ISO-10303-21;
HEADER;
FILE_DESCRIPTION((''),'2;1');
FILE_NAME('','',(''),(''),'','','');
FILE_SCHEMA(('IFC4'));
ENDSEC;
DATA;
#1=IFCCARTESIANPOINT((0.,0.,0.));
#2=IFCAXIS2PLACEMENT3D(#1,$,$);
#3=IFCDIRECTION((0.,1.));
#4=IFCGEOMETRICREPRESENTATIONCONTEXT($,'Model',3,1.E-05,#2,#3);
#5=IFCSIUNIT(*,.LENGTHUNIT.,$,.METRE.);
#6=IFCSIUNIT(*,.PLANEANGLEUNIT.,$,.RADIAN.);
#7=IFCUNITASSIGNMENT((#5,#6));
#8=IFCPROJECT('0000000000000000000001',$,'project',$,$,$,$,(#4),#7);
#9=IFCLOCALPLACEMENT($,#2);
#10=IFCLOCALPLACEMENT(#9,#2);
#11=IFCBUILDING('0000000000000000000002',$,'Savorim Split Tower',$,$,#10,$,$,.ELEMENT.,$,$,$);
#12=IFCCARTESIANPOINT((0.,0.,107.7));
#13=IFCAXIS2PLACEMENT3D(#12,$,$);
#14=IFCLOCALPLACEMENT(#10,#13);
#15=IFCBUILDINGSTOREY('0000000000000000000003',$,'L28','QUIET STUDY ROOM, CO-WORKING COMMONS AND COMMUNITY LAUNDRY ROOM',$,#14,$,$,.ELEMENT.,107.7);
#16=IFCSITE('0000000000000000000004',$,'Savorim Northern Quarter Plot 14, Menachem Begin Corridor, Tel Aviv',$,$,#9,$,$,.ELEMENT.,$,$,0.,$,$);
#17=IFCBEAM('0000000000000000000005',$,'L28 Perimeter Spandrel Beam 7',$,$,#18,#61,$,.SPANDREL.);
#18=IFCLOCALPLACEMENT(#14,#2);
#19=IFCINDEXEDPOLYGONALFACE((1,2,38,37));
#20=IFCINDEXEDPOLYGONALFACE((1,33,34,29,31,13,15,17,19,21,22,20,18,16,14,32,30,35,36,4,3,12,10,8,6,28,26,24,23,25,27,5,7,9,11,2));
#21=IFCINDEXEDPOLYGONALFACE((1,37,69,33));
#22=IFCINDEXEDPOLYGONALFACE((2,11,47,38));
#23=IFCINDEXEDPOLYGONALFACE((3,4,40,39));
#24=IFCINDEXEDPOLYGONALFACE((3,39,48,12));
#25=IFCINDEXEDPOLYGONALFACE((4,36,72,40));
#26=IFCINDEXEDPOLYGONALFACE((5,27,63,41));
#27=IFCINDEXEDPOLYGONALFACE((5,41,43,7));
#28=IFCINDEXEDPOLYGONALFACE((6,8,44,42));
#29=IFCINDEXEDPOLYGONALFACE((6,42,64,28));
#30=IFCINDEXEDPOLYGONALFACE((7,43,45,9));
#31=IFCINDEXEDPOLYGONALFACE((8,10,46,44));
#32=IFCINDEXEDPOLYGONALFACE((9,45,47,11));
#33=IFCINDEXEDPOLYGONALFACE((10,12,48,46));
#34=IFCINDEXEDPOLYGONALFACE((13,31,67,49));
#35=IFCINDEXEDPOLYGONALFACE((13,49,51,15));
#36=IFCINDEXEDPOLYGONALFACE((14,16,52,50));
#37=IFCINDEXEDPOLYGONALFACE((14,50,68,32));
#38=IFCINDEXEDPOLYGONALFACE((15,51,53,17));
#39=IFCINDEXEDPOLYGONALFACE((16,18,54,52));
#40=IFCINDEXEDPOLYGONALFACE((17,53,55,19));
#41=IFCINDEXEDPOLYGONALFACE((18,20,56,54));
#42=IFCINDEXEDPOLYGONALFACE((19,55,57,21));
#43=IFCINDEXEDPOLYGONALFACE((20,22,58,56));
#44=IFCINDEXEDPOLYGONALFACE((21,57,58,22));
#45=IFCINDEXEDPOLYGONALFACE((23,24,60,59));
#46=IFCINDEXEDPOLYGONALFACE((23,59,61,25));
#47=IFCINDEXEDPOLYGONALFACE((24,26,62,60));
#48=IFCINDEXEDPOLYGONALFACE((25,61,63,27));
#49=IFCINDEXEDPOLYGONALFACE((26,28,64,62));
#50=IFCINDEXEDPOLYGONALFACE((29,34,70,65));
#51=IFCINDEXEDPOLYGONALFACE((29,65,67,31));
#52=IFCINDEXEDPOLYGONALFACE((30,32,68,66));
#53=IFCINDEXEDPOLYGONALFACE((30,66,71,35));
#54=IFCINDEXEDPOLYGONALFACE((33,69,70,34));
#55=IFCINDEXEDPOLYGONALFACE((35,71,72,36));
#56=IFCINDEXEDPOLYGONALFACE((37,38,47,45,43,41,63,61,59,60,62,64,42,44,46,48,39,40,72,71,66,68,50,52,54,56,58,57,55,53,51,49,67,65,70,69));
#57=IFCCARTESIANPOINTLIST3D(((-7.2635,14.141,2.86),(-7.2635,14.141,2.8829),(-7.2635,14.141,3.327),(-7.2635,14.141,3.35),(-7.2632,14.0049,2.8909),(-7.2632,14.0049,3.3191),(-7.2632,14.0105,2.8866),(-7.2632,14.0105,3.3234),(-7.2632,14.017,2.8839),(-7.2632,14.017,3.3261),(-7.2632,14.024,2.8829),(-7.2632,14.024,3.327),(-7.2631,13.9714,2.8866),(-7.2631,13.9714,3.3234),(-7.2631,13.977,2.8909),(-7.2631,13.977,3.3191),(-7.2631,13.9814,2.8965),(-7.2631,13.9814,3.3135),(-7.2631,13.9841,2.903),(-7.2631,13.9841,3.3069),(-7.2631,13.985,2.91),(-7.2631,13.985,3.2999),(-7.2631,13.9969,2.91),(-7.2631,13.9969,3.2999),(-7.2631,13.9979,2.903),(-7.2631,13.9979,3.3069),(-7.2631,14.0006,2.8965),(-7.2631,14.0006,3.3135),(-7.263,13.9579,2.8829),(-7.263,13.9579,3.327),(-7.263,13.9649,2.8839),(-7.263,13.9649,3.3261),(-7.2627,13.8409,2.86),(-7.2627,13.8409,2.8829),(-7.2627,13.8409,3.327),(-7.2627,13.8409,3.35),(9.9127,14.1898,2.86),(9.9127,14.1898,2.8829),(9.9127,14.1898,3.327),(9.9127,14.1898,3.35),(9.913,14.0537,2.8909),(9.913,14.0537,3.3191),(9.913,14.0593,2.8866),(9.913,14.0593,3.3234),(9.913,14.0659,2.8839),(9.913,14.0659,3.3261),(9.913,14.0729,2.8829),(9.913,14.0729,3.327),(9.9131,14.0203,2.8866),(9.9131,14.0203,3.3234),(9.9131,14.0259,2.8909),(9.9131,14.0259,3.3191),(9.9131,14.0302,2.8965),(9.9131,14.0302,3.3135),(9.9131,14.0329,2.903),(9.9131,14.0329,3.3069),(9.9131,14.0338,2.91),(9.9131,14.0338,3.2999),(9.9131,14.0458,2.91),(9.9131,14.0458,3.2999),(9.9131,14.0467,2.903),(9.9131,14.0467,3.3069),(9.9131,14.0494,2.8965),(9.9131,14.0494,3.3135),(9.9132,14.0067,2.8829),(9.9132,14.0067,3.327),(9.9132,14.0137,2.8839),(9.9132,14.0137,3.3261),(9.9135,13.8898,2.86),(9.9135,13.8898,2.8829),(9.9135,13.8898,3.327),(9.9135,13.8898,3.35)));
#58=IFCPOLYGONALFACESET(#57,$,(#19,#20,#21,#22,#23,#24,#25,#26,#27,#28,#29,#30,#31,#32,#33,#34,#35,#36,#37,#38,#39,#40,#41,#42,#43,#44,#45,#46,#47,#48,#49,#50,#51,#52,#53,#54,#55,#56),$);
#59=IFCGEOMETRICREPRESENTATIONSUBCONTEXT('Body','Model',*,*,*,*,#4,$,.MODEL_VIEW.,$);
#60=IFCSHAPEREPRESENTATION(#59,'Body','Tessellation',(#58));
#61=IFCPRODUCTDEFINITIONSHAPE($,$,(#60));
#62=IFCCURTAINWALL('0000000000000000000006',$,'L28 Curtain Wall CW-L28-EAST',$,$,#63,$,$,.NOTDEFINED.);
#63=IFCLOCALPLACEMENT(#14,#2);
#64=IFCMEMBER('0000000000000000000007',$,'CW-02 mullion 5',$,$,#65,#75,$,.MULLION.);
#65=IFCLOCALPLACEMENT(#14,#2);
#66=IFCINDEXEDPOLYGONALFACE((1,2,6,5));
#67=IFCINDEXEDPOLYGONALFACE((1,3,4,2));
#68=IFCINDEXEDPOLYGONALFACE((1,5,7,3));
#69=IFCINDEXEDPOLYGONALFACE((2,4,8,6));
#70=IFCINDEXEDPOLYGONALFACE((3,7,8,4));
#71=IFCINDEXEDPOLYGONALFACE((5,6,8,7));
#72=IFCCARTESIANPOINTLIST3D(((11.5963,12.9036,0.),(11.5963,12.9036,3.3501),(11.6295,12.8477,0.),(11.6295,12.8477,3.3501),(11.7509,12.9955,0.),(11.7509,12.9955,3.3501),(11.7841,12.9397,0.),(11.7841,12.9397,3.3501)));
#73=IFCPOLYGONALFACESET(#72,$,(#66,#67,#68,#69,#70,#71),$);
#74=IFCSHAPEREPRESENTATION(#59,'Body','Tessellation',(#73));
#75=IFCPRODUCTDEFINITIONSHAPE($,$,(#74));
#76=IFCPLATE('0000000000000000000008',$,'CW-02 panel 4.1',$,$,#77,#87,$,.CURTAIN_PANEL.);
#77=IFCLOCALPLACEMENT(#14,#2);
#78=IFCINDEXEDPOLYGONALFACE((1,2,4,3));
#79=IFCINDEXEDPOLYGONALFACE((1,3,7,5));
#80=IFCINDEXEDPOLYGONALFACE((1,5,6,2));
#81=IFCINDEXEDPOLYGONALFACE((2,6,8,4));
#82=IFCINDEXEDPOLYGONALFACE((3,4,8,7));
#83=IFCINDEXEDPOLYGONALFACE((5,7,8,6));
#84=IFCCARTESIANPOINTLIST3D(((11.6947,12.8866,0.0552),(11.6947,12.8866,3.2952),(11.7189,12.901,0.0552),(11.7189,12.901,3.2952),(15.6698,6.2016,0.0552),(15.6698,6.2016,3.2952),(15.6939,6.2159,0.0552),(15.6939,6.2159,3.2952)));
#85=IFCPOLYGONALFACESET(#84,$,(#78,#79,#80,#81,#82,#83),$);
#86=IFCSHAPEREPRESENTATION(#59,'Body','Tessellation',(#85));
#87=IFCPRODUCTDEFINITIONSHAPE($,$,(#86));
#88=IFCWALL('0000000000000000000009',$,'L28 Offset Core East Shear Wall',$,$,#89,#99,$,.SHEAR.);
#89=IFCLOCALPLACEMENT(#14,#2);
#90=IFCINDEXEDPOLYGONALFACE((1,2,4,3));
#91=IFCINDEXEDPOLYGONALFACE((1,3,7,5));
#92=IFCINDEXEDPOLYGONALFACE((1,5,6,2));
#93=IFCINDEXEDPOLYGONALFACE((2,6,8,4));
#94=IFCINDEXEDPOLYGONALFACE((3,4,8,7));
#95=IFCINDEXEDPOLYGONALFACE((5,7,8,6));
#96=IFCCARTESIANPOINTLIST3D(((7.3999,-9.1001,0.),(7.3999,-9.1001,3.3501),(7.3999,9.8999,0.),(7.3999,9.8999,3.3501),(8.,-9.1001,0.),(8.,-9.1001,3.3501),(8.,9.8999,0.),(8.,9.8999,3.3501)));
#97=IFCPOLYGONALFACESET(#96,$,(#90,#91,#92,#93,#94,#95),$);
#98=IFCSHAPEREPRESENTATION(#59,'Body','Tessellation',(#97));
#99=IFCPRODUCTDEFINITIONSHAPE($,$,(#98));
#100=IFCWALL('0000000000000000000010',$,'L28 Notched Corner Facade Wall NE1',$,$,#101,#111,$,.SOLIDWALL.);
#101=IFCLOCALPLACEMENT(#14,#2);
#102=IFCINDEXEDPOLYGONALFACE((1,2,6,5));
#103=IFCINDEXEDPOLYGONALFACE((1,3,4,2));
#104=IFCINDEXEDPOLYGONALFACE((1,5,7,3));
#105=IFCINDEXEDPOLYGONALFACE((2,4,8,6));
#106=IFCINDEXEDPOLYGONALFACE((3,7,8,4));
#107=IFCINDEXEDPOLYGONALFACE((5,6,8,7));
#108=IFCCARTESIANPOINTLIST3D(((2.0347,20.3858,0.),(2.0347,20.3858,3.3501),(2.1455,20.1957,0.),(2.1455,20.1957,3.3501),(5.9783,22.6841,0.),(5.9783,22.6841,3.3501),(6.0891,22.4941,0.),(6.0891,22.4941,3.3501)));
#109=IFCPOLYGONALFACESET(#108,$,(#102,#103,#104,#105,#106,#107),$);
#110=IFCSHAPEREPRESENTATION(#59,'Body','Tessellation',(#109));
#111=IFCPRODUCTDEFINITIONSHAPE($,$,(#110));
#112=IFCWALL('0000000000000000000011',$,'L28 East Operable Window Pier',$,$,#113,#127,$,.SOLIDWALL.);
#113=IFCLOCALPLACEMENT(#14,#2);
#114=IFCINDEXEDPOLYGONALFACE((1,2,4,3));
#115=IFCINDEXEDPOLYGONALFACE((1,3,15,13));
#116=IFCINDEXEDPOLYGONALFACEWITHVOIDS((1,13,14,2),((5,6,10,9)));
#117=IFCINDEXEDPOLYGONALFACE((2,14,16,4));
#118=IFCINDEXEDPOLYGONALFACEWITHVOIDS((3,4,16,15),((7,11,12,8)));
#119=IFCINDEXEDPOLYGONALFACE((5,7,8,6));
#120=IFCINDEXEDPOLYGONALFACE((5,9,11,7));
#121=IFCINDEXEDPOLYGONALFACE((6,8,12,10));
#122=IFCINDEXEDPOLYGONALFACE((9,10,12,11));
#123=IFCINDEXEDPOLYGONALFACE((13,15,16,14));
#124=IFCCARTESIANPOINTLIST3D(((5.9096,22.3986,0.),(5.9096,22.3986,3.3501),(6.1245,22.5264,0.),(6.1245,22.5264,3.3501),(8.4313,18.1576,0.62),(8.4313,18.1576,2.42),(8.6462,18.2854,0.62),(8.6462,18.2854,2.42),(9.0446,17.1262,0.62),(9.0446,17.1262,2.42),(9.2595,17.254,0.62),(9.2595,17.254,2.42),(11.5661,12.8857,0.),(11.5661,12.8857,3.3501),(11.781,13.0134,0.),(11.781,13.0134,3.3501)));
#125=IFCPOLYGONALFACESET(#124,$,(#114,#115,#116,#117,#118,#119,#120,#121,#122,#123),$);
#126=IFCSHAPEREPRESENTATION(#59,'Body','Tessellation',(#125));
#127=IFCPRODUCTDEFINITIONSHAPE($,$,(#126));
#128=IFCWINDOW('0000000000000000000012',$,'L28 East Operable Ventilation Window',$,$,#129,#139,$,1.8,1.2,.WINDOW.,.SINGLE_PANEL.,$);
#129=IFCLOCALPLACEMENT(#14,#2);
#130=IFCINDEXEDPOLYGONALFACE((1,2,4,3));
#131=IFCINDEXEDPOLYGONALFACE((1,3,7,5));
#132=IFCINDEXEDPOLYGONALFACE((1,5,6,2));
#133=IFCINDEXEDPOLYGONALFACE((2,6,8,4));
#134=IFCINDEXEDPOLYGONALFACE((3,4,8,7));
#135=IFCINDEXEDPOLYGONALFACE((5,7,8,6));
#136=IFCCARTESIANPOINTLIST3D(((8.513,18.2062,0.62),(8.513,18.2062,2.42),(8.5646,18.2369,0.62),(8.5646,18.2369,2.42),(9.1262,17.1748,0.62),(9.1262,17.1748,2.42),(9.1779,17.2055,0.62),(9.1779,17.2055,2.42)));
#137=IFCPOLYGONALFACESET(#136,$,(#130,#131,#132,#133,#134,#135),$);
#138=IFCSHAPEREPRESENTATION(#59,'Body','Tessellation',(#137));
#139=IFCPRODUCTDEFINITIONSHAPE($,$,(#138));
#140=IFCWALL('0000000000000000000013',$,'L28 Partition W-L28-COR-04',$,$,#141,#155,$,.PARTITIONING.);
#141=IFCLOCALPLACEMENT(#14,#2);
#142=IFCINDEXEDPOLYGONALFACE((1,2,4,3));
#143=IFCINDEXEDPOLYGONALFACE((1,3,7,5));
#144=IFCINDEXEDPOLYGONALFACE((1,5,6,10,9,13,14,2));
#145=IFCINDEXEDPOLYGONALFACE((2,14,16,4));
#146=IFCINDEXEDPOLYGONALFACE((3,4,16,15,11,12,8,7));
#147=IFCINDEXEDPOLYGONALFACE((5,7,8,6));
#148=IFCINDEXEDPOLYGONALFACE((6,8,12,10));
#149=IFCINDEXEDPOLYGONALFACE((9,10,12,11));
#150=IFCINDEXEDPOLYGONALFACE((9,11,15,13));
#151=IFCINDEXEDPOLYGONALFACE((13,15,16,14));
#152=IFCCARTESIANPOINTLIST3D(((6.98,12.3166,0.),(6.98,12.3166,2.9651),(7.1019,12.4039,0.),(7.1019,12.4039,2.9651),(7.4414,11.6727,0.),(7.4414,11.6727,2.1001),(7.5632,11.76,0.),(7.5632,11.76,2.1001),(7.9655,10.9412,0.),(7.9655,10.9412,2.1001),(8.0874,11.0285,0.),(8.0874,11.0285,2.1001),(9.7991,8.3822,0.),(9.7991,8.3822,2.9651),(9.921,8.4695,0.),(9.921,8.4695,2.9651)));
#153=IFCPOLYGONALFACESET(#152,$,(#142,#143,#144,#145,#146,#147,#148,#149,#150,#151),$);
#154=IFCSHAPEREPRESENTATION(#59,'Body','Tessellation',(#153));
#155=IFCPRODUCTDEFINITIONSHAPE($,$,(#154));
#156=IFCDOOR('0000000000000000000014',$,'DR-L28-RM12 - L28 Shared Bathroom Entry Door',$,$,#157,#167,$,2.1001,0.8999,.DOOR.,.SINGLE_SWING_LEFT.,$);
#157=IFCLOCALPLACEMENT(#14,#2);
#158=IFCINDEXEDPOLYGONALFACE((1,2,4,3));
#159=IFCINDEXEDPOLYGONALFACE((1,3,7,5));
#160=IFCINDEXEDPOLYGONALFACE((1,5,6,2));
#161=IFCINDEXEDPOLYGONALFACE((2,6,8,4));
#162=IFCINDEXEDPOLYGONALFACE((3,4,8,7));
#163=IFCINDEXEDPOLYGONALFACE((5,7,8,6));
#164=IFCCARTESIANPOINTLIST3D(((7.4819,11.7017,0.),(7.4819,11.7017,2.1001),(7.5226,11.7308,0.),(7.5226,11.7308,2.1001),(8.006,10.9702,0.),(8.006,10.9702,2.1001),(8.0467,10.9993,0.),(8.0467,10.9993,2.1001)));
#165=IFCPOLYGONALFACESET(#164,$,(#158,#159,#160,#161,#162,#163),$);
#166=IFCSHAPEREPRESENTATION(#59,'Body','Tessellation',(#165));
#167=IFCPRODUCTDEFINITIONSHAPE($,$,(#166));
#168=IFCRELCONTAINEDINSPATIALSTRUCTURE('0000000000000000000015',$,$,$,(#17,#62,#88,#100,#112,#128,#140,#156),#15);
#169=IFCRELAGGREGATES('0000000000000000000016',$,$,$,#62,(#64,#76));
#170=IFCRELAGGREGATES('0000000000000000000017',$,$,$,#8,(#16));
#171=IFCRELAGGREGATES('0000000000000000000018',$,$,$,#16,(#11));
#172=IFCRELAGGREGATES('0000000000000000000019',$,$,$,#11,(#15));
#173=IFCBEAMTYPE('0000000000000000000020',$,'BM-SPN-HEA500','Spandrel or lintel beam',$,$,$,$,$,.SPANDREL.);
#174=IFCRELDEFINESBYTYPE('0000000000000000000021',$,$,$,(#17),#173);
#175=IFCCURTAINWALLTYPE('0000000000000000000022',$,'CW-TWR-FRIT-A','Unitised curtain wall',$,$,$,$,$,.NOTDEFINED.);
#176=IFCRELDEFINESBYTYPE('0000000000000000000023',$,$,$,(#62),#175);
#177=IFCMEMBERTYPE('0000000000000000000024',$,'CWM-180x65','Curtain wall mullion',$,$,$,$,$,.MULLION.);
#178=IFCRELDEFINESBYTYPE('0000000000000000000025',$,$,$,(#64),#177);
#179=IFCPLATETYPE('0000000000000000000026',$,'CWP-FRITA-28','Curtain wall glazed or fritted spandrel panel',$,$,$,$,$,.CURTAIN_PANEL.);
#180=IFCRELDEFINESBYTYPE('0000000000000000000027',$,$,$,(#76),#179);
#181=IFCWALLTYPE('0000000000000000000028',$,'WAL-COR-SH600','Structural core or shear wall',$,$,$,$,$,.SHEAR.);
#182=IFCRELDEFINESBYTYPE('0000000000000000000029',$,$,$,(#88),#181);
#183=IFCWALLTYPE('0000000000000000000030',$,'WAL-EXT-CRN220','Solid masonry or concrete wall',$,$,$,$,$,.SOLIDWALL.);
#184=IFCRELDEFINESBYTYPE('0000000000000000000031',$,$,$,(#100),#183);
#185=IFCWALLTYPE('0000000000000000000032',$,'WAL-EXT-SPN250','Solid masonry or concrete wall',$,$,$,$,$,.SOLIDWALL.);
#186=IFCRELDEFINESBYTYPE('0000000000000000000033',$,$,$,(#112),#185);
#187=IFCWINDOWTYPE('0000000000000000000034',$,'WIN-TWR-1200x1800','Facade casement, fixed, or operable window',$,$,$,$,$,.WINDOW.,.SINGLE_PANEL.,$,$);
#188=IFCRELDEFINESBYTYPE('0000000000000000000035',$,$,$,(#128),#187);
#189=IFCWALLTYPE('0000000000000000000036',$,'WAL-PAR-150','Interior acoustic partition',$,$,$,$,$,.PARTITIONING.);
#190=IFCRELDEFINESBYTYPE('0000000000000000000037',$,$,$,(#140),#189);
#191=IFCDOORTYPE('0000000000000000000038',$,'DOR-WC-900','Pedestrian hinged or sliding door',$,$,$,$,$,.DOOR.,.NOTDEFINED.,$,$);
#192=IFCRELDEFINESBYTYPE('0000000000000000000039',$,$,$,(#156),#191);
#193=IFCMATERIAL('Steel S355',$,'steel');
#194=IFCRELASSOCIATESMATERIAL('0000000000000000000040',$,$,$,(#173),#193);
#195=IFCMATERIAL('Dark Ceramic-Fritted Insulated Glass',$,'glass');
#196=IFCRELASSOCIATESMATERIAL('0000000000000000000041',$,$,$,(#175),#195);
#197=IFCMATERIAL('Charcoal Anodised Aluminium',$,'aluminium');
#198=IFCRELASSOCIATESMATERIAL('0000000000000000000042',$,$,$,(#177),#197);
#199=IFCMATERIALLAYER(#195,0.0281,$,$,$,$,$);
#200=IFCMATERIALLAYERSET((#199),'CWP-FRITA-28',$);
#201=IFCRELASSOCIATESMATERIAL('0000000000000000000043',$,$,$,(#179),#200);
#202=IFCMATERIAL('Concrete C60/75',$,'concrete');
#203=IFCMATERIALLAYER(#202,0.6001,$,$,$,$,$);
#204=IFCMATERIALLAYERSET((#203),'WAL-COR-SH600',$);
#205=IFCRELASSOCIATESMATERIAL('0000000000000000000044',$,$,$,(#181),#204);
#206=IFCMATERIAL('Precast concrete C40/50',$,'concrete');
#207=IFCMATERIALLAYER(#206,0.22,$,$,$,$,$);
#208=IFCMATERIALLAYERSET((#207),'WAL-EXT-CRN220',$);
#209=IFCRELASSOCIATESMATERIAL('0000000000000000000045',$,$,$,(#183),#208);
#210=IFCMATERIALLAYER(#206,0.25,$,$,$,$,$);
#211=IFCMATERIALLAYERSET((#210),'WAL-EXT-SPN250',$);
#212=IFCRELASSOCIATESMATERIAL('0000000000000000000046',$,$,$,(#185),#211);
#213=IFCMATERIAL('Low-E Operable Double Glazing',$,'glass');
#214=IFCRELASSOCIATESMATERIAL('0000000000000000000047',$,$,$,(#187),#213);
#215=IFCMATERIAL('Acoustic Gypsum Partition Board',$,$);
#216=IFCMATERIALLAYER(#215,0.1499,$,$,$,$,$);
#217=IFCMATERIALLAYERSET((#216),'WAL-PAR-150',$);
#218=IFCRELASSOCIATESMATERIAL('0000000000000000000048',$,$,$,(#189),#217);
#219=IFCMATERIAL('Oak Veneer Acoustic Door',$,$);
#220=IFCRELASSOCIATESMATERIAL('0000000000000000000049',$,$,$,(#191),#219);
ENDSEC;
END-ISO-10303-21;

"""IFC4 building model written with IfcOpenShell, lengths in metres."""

from ifc_helpers import new_model, si_unit, direction, frame, frame_2d, origin, origin_2d, place, context, subcontext, project, spatial, rectangle, i_section, extrude, material, layer, layer_set, material_profile, profile_set, type_object, element, fill, aggregate, save


model = new_model("IFC4")

# Units and contexts
model_context = context("Model", 3, precision=1e-05, world=origin(), true_north=direction((0.0, 1.0)))
body_context = subcontext(model_context, "Body", "Model", "MODEL_VIEW")
ifc_project = project(units=[si_unit("LENGTHUNIT", "METRE"), si_unit("PLANEANGLEUNIT", "RADIAN")], contexts=[model_context])

# Site, building, storey
site_placement = place(None, origin())
site = spatial("IfcSite", under=ifc_project, at=site_placement, Name="Savorim Northern Quarter Plot 14, Menachem Begin Corridor, Tel Aviv", CompositionType="ELEMENT", RefElevation=0.0)
building_placement = place(site_placement, origin())
building = spatial("IfcBuilding", under=site, at=building_placement, Name="Savorim Split Tower", CompositionType="ELEMENT")
storey_placement = place(building_placement, frame((0.0, 0.0, 107.7)))
storey = spatial("IfcBuildingStorey", under=building, at=storey_placement, Name="L28", Description="QUIET STUDY ROOM, CO-WORKING COMMONS AND COMMUNITY LAUNDRY ROOM", CompositionType="ELEMENT", Elevation=107.7)

# Beam
ifc_material_1 = material(Name="Steel S355", Category="steel")
ifc_material_profile_1 = material_profile(ifc_material_1, i_section(OverallWidth=0.3, OverallDepth=0.49, WebThickness=0.012, FlangeThickness=0.0229, FilletRadius=0.0271, at=origin_2d()), Name="HEA 500")
ifc_profile_set_1 = profile_set([ifc_material_profile_1], Name="Steel S355")
beam_type_1 = type_object("IfcBeamType", Name="BM-SPN-HEA500", Description="Spandrel or lintel beam", PredefinedType="SPANDREL", material=ifc_profile_set_1)
beam_1_placement = place(storey_placement, frame((9.9131, 14.0398, 3.105), z_axis=(-0.999996, -0.002843, 0.0), x_axis=(0.002843, -0.999996, 0.0)))
element("IfcBeam", 1, at=beam_1_placement, inside=storey, type_object=beam_type_1, Name="L28 Perimeter Spandrel Beam 7", PredefinedType="SPANDREL", context=body_context, shape_type="SweptSolid", body=[
    extrude(i_section(OverallWidth=0.3, OverallDepth=0.49, WebThickness=0.012, FlangeThickness=0.0229, FilletRadius=0.0271, at=origin_2d()), origin(), (0.0, 0.0, 1.0), 17.1763),
])

# Curtain wall, member, plate
ifc_material_2 = material(Name="Dark Ceramic-Fritted Insulated Glass", Category="glass")
curtain_wall_type = type_object("IfcCurtainWallType", Name="CW-TWR-FRIT-A", Description="Unitised curtain wall", PredefinedType="NOTDEFINED", material=ifc_material_2)
curtain_wall_placement = place(storey_placement, origin())
curtain_wall = element("IfcCurtainWall", 2, at=curtain_wall_placement, inside=storey, type_object=curtain_wall_type, Name="L28 Curtain Wall CW-L28-EAST", PredefinedType="NOTDEFINED")
ifc_material_3 = material(Name="Charcoal Anodised Aluminium", Category="aluminium")
ifc_material_profile_2 = material_profile(ifc_material_3, rectangle(XDim=0.1799, YDim=0.0649, at=origin_2d()), Name="ALU-M 180x65")
ifc_profile_set_2 = profile_set([ifc_material_profile_2], Name="Charcoal Anodised Aluminium")
member_type = type_object("IfcMemberType", Name="CWM-180x65", Description="Curtain wall mullion", PredefinedType="MULLION", material=ifc_profile_set_2)
member_placement = place(storey_placement, frame((11.6902, 12.9216, 0.0), z_axis=(0.0, 0.0, 1.0), x_axis=(-0.859525, -0.511093, 0.0)))
member = element("IfcMember", 3, at=member_placement, type_object=member_type, Name="CW-02 mullion 5", PredefinedType="MULLION", context=body_context, shape_type="SweptSolid", body=[
    extrude(rectangle(XDim=0.1799, YDim=0.0649, at=origin_2d()), origin(), (0.0, 0.0, 1.0), 3.3501),
])
ifc_layer_1 = layer(ifc_material_2, 0.0281)
ifc_layer_set_1 = layer_set([ifc_layer_1], Name="CWP-FRITA-28")
plate_type = type_object("IfcPlateType", Name="CWP-FRITA-28", Description="Curtain wall glazed or fritted spandrel panel", PredefinedType="CURTAIN_PANEL", material=ifc_layer_set_1)
plate_placement = place(storey_placement, frame((13.6943, 9.5513, 0.0552), z_axis=(0.0, 0.0, 1.0), x_axis=(-0.511093, 0.859525, 0.0)))
plate = element("IfcPlate", 4, at=plate_placement, type_object=plate_type, Name="CW-02 panel 4.1", PredefinedType="CURTAIN_PANEL", context=body_context, shape_type="SweptSolid", body=[
    extrude(rectangle(XDim=7.7776, YDim=0.0281, at=origin_2d()), origin(), (0.0, 0.0, 1.0), 3.24),
])
aggregate(curtain_wall, [member, plate])

# Shared definitions
ifc_material_4 = material(Name="Concrete C60/75", Category="concrete")
ifc_layer_2 = layer(ifc_material_4, 0.6001)
ifc_layer_set_2 = layer_set([ifc_layer_2], Name="WAL-COR-SH600")
wall_type_1 = type_object("IfcWallType", Name="WAL-COR-SH600", Description="Structural core or shear wall", PredefinedType="SHEAR", material=ifc_layer_set_2)

# Walls
wall_1_placement = place(storey_placement, frame((7.7, 9.8999, 0.0), z_axis=(0.0, 0.0, 1.0), x_axis=(0.0, -1.0, 0.0)))
element("IfcWall", 5, at=wall_1_placement, inside=storey, type_object=wall_type_1, Name="L28 Offset Core East Shear Wall", PredefinedType="SHEAR", context=body_context, shape_type="SweptSolid", body=[
    extrude(rectangle(XDim=19.0, YDim=0.6001, at=frame_2d((9.5, 0.0))), origin(), (0.0, 0.0, 1.0), 3.3501),
])
ifc_material_5 = material(Name="Precast concrete C40/50", Category="concrete")
ifc_layer_3 = layer(ifc_material_5, 0.22)
ifc_layer_set_3 = layer_set([ifc_layer_3], Name="WAL-EXT-CRN220")
wall_type_2 = type_object("IfcWallType", Name="WAL-EXT-CRN220", Description="Solid masonry or concrete wall", PredefinedType="SOLIDWALL", material=ifc_layer_set_3)
wall_2_placement = place(storey_placement, frame((2.0901, 20.2908, 0.0), z_axis=(0.0, 0.0, 1.0), x_axis=(0.863979, 0.503528, 0.0)))
element("IfcWall", 6, at=wall_2_placement, inside=storey, type_object=wall_type_2, Name="L28 Notched Corner Facade Wall NE1", PredefinedType="SOLIDWALL", context=body_context, shape_type="SweptSolid", body=[
    extrude(rectangle(XDim=4.5645, YDim=0.22, at=frame_2d((2.2822, 0.0))), origin(), (0.0, 0.0, 1.0), 3.3501),
])

# Wall, opening, window
ifc_layer_4 = layer(ifc_material_5, 0.25)
ifc_layer_set_4 = layer_set([ifc_layer_4], Name="WAL-EXT-SPN250")
wall_type_3 = type_object("IfcWallType", Name="WAL-EXT-SPN250", Description="Solid masonry or concrete wall", PredefinedType="SOLIDWALL", material=ifc_layer_set_4)
wall_3_placement = place(storey_placement, frame((6.0171, 22.4624, 0.0), z_axis=(0.0, 0.0, 1.0), x_axis=(0.511086, -0.85953, 0.0)))
wall_3 = element("IfcWall", 7, at=wall_3_placement, inside=storey, type_object=wall_type_3, Name="L28 East Operable Window Pier", PredefinedType="SOLIDWALL", context=body_context, shape_type="SweptSolid", body=[
    extrude(rectangle(XDim=11.0676, YDim=0.25, at=frame_2d((5.5337, 0.0))), origin(), (0.0, 0.0, 1.0), 3.3501),
])
opening_1_placement = place(wall_3_placement, frame((4.9338, 0.0, 0.6201)))
opening_1 = element("IfcOpeningElement", 8, at=opening_1_placement, cuts=wall_3, PredefinedType="OPENING", context=body_context, shape_type="SweptSolid", body=[
    extrude(rectangle(XDim=1.2, YDim=1.8, at=frame_2d((0.6001, 0.8999))), frame((0.0, 0.135, 0.0), z_axis=(0.0, -1.0, 0.0), x_axis=(1.0, 0.0, 0.0)), (0.0, 0.0, 1.0), 0.27),
])
ifc_material_6 = material(Name="Low-E Operable Double Glazing", Category="glass")
window_type = type_object("IfcWindowType", Name="WIN-TWR-1200x1800", Description="Facade casement, fixed, or operable window", PartitioningType="SINGLE_PANEL", PredefinedType="WINDOW", material=ifc_material_6)
window_placement = place(opening_1_placement, origin())
window = element("IfcWindow", 9, at=window_placement, inside=storey, type_object=window_type, Name="L28 East Operable Ventilation Window", OverallHeight=1.8, OverallWidth=1.2, PartitioningType="SINGLE_PANEL", PredefinedType="WINDOW", context=body_context, shape_type="SweptSolid", body=[
    extrude(rectangle(XDim=1.2, YDim=1.8, at=frame_2d((0.6001, 0.8999))), frame((0.0, 0.03, 0.0), z_axis=(0.0, -1.0, 0.0), x_axis=(1.0, 0.0, 0.0)), (0.0, 0.0, 1.0), 0.0601),
])
fill(opening_1, window)

# Wall, opening, door
ifc_material_7 = material(Name="Acoustic Gypsum Partition Board")
ifc_layer_5 = layer(ifc_material_7, 0.1499)
ifc_layer_set_5 = layer_set([ifc_layer_5], Name="WAL-PAR-150")
wall_type_4 = type_object("IfcWallType", Name="WAL-PAR-150", Description="Interior acoustic partition", PredefinedType="PARTITIONING", material=ifc_layer_set_5)
wall_4_placement = place(storey_placement, frame((7.041, 12.3601, 0.0), z_axis=(0.0, 0.0, 1.0), x_axis=(0.58245, -0.812867, 0.0)))
wall_4 = element("IfcWall", 10, at=wall_4_placement, inside=storey, type_object=wall_type_4, Name="L28 Partition W-L28-COR-04", PredefinedType="PARTITIONING", context=body_context, shape_type="SweptSolid", body=[
    extrude(rectangle(XDim=4.8401, YDim=0.1499, at=frame_2d((2.4199, 0.0))), origin(), (0.0, 0.0, 1.0), 2.9651),
])
opening_2_placement = place(wall_4_placement, frame((0.792, 0.0, 0.0)))
opening_2 = element("IfcOpeningElement", 11, at=opening_2_placement, cuts=wall_4, PredefinedType="OPENING", context=body_context, shape_type="SweptSolid", body=[
    extrude(rectangle(XDim=0.8999, YDim=2.1001, at=frame_2d((0.45, 1.05))), frame((0.0, 0.085, 0.0), z_axis=(0.0, -1.0, 0.0), x_axis=(1.0, 0.0, 0.0)), (0.0, 0.0, 1.0), 0.1699),
])
ifc_material_8 = material(Name="Oak Veneer Acoustic Door")
door_type_1 = type_object("IfcDoorType", Name="DOR-WC-900", Description="Pedestrian hinged or sliding door", OperationType="NOTDEFINED", PredefinedType="DOOR", material=ifc_material_8)
door_1_placement = place(opening_2_placement, origin())
door_1 = element("IfcDoor", 12, at=door_1_placement, inside=storey, type_object=door_type_1, Name="DR-L28-RM12 - L28 Shared Bathroom Entry Door", OperationType="SINGLE_SWING_LEFT", OverallHeight=2.1001, OverallWidth=0.8999, PredefinedType="DOOR", context=body_context, shape_type="SweptSolid", body=[
    extrude(rectangle(XDim=0.8999, YDim=2.1001, at=frame_2d((0.45, 1.05))), frame((0.0, 0.0249, 0.0), z_axis=(0.0, -1.0, 0.0), x_axis=(1.0, 0.0, 0.0)), (0.0, 0.0, 1.0), 0.05),
])
fill(opening_2, door_1)

save(model, "model.ifc")
